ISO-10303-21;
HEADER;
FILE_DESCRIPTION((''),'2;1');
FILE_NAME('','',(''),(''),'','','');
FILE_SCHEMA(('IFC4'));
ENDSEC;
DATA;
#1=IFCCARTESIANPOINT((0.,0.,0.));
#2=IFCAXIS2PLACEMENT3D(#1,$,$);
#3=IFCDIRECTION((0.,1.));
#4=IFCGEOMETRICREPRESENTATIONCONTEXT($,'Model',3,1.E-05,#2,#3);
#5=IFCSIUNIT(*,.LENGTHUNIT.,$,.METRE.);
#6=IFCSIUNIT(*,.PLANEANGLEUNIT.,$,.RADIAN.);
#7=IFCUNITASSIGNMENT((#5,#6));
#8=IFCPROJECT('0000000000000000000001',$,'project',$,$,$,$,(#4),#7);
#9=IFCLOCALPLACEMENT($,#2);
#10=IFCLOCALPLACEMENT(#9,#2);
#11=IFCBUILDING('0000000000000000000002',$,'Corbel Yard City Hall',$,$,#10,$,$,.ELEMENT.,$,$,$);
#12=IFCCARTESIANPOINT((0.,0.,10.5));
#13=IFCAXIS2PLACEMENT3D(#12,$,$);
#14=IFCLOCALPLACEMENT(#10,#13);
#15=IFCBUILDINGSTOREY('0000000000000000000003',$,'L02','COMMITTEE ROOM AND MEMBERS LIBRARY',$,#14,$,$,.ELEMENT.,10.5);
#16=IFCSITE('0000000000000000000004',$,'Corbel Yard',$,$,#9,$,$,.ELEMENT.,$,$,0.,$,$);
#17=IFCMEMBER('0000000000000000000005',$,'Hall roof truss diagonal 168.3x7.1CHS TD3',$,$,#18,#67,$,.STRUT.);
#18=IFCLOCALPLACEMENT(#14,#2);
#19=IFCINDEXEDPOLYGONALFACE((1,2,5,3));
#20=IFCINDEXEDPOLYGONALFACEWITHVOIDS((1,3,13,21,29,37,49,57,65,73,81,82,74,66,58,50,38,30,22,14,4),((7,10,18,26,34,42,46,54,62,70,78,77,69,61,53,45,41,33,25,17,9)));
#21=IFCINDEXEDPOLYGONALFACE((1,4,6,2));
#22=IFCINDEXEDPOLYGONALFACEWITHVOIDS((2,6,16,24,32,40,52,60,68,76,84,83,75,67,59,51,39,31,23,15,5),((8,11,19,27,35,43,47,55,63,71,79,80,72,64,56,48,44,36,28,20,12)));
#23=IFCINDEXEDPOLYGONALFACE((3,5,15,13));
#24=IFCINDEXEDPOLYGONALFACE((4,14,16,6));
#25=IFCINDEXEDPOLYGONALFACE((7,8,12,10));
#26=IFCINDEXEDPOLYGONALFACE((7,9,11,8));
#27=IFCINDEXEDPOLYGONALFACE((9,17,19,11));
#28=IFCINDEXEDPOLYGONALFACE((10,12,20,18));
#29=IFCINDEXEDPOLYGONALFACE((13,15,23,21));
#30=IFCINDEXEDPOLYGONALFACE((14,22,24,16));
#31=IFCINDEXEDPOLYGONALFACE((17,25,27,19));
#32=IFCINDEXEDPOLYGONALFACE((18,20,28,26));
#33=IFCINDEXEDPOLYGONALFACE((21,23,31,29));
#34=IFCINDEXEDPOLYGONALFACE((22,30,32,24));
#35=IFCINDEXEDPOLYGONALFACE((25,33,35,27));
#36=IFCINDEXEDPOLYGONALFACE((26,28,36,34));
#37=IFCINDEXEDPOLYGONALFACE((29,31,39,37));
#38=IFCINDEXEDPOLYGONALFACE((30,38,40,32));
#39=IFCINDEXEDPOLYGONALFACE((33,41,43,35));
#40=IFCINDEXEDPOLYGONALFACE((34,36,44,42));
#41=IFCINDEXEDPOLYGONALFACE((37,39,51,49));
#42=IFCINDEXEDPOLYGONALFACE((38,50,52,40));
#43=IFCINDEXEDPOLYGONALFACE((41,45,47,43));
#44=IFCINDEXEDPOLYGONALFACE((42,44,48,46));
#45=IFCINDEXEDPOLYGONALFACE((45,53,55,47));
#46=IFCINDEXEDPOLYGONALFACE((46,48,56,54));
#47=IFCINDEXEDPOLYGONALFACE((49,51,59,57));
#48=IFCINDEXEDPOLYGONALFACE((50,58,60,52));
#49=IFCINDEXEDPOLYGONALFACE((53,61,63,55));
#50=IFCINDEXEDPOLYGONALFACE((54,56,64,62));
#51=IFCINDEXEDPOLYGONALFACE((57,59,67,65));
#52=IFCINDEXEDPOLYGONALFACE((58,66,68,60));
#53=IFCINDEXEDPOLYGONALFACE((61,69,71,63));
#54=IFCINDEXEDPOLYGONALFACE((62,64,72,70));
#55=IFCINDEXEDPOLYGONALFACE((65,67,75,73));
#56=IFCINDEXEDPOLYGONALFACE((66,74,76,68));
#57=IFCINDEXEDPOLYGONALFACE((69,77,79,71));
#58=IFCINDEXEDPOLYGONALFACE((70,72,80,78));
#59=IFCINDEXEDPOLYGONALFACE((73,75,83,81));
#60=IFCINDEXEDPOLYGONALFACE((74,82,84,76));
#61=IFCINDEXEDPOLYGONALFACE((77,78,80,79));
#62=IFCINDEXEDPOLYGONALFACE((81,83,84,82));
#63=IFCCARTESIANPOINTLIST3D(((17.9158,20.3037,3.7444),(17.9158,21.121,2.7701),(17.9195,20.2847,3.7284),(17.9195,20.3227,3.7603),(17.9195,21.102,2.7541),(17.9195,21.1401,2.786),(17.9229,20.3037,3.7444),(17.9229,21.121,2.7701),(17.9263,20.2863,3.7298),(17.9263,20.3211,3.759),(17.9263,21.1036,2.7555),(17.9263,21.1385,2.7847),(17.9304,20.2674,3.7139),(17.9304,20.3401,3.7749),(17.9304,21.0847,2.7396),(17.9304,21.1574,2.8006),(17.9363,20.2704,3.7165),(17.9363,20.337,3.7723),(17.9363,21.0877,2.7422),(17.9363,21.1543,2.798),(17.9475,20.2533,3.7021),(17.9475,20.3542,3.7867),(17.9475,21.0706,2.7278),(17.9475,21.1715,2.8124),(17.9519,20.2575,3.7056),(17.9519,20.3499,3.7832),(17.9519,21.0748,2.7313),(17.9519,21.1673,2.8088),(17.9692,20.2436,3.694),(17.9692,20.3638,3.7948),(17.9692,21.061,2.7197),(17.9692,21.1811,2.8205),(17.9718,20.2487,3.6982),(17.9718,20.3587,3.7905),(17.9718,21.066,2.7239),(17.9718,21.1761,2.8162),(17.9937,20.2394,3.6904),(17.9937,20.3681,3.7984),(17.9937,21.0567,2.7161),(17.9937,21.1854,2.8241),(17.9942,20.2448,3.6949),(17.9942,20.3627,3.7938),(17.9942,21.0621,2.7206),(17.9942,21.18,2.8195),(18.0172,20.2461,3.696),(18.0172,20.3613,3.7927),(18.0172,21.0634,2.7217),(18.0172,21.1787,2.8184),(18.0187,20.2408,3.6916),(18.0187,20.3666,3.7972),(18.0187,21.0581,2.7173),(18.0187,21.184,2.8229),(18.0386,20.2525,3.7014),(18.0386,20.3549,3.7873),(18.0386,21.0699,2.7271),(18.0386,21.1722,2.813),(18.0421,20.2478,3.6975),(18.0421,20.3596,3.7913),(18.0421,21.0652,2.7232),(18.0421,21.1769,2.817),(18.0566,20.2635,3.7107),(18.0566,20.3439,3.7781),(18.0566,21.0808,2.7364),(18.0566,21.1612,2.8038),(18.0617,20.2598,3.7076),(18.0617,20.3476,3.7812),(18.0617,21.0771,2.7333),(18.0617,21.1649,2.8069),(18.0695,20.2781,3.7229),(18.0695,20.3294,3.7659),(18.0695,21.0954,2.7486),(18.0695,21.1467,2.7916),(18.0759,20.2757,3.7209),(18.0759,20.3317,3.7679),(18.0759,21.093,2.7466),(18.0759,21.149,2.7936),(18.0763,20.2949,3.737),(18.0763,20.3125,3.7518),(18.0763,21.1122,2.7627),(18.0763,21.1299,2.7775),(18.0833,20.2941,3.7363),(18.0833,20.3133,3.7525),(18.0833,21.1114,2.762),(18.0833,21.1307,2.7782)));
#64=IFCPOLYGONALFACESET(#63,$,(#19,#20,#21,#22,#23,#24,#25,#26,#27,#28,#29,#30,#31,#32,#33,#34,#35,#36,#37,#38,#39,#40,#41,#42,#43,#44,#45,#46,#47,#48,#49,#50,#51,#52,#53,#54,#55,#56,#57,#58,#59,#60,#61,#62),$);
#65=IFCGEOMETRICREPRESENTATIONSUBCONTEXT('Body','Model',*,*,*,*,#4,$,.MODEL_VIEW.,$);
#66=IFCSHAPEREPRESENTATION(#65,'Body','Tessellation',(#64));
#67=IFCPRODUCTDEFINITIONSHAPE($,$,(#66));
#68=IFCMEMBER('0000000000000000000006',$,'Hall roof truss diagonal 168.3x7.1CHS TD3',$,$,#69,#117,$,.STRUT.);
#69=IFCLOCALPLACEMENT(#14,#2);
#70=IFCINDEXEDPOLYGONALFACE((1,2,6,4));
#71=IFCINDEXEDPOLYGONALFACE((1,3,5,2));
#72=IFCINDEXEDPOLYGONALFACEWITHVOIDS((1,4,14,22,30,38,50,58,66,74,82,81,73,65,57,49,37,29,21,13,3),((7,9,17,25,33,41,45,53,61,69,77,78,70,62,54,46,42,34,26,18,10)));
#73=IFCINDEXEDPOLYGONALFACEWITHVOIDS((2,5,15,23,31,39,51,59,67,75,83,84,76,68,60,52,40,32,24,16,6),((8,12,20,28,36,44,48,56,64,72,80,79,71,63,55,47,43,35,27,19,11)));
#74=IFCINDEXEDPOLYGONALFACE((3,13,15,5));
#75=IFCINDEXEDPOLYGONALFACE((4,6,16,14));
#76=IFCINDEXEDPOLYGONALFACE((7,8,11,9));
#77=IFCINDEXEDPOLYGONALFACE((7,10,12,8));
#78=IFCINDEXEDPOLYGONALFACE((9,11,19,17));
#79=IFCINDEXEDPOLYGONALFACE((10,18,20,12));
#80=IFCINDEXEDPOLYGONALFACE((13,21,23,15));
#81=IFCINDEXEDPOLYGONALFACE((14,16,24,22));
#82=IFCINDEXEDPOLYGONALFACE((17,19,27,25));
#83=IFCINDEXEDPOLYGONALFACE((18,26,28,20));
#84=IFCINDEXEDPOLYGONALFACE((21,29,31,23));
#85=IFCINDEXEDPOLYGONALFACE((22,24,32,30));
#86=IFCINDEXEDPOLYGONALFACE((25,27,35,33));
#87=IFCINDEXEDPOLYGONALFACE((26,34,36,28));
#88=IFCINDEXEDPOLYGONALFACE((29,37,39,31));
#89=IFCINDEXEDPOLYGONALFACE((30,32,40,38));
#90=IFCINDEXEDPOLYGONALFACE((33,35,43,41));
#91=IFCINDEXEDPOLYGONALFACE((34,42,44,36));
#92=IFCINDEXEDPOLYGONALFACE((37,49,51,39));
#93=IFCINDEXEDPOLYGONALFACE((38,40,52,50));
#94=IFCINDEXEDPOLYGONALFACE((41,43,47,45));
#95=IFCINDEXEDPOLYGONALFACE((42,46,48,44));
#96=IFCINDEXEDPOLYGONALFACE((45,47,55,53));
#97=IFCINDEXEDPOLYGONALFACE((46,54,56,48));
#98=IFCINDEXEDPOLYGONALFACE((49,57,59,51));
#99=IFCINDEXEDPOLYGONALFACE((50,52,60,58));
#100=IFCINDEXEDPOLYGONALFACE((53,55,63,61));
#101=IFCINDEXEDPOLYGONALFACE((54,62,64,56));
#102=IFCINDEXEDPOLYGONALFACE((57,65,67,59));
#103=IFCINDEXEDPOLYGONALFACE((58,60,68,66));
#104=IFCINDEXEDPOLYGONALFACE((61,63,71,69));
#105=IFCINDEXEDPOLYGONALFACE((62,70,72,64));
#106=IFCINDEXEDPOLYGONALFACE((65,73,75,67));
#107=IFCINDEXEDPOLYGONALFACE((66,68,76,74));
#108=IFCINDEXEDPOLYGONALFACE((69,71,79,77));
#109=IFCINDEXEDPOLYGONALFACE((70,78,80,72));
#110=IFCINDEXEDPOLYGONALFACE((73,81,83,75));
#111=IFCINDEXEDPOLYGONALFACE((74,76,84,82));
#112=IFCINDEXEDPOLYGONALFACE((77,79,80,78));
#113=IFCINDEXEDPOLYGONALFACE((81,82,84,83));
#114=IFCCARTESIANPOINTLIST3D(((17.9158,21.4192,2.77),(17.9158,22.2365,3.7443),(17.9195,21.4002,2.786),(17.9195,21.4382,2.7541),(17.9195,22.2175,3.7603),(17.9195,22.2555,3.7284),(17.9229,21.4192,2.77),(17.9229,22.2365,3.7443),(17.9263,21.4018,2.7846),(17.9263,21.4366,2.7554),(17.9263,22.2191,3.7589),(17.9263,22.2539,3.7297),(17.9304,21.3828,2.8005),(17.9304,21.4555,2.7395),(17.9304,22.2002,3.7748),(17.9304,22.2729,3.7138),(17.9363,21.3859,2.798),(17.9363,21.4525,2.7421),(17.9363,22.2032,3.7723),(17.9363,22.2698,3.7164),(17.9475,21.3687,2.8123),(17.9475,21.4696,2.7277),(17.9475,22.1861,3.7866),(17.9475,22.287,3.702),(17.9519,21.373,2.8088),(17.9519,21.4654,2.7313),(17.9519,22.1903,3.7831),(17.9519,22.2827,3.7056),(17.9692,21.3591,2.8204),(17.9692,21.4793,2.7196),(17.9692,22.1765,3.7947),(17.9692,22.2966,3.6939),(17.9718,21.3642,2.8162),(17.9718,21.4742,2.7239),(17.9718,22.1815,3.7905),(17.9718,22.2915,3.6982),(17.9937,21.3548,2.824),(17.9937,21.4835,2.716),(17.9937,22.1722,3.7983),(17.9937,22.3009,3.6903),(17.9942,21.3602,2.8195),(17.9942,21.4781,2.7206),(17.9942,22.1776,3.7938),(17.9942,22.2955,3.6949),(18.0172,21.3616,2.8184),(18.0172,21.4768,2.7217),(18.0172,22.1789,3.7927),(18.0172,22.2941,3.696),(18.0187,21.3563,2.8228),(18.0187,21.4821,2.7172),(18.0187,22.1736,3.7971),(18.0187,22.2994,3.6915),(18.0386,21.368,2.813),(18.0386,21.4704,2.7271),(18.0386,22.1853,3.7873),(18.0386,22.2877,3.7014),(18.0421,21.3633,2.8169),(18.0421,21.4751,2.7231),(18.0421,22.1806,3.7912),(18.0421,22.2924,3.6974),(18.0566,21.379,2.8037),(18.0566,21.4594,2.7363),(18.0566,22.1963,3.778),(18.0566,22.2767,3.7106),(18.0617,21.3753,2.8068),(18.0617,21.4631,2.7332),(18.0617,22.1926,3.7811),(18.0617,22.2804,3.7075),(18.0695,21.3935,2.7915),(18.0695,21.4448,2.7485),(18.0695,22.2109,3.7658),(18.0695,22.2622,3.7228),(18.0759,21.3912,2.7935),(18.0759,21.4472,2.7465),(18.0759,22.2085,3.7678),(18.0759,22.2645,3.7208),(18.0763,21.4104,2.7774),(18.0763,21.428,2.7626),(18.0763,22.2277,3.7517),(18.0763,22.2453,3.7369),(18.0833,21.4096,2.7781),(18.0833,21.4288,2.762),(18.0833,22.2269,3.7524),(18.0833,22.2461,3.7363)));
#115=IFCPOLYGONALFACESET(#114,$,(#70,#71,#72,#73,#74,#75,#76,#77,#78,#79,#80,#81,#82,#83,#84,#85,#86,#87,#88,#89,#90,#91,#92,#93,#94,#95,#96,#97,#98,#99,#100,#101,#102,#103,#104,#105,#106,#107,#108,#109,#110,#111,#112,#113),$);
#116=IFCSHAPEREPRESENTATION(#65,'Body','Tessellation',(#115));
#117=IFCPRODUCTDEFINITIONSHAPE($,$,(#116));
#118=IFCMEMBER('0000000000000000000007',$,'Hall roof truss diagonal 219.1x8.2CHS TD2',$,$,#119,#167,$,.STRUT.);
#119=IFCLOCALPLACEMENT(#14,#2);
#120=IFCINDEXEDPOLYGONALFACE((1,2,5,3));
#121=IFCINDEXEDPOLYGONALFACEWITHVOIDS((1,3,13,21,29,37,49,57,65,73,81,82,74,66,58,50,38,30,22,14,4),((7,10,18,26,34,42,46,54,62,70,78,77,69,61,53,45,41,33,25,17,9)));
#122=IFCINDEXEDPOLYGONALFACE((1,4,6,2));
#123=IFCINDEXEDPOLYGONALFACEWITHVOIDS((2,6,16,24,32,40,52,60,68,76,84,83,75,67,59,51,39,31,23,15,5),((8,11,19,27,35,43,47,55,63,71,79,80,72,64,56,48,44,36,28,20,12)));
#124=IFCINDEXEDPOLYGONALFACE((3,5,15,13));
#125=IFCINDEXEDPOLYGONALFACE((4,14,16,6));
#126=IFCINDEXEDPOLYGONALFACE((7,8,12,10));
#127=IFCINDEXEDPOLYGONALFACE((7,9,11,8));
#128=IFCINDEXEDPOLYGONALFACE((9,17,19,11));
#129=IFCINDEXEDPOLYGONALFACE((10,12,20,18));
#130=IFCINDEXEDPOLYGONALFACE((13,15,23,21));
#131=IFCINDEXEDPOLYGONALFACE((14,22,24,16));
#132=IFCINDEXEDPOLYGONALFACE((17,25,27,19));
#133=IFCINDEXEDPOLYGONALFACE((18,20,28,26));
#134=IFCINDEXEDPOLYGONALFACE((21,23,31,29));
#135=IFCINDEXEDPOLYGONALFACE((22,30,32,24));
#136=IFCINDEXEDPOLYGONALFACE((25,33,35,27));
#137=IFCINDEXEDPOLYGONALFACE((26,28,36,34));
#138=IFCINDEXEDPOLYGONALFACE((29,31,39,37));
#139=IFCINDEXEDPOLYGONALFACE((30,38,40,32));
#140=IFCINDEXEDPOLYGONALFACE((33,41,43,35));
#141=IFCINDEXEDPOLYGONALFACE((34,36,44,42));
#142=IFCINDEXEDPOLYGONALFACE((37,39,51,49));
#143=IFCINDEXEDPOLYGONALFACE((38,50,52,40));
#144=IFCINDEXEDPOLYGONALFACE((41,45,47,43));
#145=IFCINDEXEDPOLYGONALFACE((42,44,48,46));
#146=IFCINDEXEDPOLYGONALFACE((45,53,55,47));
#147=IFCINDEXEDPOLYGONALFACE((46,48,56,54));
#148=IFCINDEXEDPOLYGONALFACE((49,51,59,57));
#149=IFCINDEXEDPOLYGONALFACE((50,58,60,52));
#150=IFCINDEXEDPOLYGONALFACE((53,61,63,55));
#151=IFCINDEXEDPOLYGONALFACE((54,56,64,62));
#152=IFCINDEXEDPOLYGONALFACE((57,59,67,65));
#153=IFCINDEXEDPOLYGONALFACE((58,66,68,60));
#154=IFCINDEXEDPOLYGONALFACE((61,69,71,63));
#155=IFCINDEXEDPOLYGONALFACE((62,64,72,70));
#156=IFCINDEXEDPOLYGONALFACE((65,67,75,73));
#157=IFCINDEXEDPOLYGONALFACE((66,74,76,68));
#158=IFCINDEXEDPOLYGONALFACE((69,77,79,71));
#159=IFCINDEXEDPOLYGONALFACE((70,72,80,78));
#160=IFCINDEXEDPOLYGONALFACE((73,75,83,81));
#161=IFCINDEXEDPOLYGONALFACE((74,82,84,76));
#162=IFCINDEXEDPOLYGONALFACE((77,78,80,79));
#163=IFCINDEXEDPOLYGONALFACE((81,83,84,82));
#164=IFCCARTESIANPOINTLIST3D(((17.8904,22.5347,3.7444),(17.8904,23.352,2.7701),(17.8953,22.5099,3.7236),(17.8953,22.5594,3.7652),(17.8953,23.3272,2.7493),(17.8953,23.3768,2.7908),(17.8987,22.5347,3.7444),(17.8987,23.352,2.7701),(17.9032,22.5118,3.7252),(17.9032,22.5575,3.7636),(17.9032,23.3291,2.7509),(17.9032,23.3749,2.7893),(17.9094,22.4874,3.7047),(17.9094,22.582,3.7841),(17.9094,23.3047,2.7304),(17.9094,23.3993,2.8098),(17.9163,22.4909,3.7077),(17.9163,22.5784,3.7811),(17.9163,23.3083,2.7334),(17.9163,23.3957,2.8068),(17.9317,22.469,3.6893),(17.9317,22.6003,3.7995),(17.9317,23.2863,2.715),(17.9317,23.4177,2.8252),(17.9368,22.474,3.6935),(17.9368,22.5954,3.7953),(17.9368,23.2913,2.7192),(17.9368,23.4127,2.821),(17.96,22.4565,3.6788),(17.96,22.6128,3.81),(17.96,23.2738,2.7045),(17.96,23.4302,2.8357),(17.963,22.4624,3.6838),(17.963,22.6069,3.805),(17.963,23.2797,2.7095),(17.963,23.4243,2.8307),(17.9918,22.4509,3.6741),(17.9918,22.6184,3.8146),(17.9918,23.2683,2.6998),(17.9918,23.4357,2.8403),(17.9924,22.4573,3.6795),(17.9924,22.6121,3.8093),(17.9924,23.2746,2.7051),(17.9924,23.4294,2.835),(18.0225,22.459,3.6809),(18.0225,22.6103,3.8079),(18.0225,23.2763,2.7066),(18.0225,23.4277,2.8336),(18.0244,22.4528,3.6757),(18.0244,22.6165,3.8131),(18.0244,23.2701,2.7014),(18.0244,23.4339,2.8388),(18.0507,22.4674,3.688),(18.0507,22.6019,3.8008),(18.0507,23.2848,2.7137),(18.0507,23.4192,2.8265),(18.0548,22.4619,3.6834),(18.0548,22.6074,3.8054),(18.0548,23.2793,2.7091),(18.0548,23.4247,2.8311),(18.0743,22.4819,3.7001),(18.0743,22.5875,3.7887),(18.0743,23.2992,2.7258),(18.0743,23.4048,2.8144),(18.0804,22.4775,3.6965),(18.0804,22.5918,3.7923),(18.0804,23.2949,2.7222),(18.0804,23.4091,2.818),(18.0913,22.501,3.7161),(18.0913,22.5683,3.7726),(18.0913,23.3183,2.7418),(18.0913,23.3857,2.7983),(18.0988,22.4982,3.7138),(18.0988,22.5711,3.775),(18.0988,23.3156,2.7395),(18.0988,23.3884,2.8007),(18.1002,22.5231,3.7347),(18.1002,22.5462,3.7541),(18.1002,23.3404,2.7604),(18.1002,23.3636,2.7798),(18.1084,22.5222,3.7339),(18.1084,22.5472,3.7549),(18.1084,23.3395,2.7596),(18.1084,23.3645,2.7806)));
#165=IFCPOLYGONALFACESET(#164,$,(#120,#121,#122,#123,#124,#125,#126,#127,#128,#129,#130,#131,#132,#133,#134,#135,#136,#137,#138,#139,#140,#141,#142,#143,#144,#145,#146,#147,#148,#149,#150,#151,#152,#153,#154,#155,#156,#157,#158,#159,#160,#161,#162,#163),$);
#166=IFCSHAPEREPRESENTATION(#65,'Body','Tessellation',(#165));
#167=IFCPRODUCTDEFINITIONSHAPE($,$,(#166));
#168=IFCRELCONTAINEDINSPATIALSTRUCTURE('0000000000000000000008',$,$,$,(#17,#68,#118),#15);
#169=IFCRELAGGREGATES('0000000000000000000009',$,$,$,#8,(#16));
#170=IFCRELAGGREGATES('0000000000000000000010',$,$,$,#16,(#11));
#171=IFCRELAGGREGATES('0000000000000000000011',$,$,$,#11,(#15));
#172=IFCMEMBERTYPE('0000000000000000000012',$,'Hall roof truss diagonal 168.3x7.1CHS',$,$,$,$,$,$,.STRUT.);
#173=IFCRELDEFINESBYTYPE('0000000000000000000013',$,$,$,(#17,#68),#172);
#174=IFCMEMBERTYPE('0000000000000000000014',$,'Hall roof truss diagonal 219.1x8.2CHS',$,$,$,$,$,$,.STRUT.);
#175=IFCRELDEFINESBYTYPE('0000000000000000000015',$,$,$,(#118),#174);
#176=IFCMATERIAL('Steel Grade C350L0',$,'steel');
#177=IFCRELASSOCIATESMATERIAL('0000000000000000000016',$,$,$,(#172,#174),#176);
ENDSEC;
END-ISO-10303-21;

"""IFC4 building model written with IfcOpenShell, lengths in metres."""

from ifc_helpers import new_model, si_unit, direction, frame, origin, origin_2d, place, context, subcontext, project, spatial, hollow_circle, extrude, material, material_profile, profile_set, type_object, element, save


model = new_model("IFC4")

# Units and contexts
model_context = context("Model", 3, precision=1e-05, world=origin(), true_north=direction((0.0, 1.0)))
body_context = subcontext(model_context, "Body", "Model", "MODEL_VIEW")
ifc_project = project(units=[si_unit("LENGTHUNIT", "METRE"), si_unit("PLANEANGLEUNIT", "RADIAN")], contexts=[model_context])

# Site, building, storey
site_placement = place(None, origin())
site = spatial("IfcSite", under=ifc_project, at=site_placement, Name="Corbel Yard", CompositionType="ELEMENT", RefElevation=0.0)
building_placement = place(site_placement, origin())
building = spatial("IfcBuilding", under=site, at=building_placement, Name="Corbel Yard City Hall", CompositionType="ELEMENT")
storey_placement = place(building_placement, frame((0.0, 0.0, 10.5)))
storey = spatial("IfcBuildingStorey", under=building, at=storey_placement, Name="L02", Description="COMMITTEE ROOM AND MEMBERS LIBRARY", CompositionType="ELEMENT", Elevation=10.5)

# Members
ifc_material_1 = material(Name="Steel Grade C350L0", Category="steel")
ifc_material_profile_1 = material_profile(ifc_material_1, hollow_circle(Radius=0.0842, WallThickness=0.0071, at=origin_2d()), Name="168.3x7.1CHS")
ifc_profile_set_1 = profile_set([ifc_material_profile_1], Name="Steel Grade C350L0")
member_type_1 = type_object("IfcMemberType", Name="Hall roof truss diagonal 168.3x7.1CHS", PredefinedType="STRUT", material=ifc_profile_set_1)
for number, where, z_axis, x_axis, name in (
    (1, (18.0, 20.3037, 3.7444), (0.0, 0.642692, -0.766124), (-1.0, 0.0, 0.0), "Hall roof truss diagonal 168.3x7.1CHS TD3"),
    (2, (18.0, 21.4192, 2.77), (0.0, 0.642692, 0.766124), (-1.0, 0.0, 0.0), "Hall roof truss diagonal 168.3x7.1CHS TD3"),
):
    element("IfcMember", number, at=place(storey_placement, frame(where, z_axis=z_axis, x_axis=x_axis)), inside=storey, type_object=member_type_1, Name=name, PredefinedType="STRUT", context=body_context, shape_type="SweptSolid", body=[
        extrude(hollow_circle(Radius=0.0842, WallThickness=0.0071, at=origin_2d()), origin(), (0.0, 0.0, 1.0), 1.2717),
    ])
ifc_material_profile_2 = material_profile(ifc_material_1, hollow_circle(Radius=0.1096, WallThickness=0.0083, at=origin_2d()), Name="219.1x8.2CHS")
ifc_profile_set_2 = profile_set([ifc_material_profile_2], Name="Steel Grade C350L0")
member_type_2 = type_object("IfcMemberType", Name="Hall roof truss diagonal 219.1x8.2CHS", PredefinedType="STRUT", material=ifc_profile_set_2)
for number, where, z_axis, x_axis, name in (
    (3, (18.0, 22.5347, 3.7444), (0.0, 0.642692, -0.766124), (-1.0, 0.0, 0.0), "Hall roof truss diagonal 219.1x8.2CHS TD2"),
):
    element("IfcMember", number, at=place(storey_placement, frame(where, z_axis=z_axis, x_axis=x_axis)), inside=storey, type_object=member_type_2, Name=name, PredefinedType="STRUT", context=body_context, shape_type="SweptSolid", body=[
        extrude(hollow_circle(Radius=0.1096, WallThickness=0.0083, at=origin_2d()), origin(), (0.0, 0.0, 1.0), 1.2717),
    ])

save(model, "model.ifc")
